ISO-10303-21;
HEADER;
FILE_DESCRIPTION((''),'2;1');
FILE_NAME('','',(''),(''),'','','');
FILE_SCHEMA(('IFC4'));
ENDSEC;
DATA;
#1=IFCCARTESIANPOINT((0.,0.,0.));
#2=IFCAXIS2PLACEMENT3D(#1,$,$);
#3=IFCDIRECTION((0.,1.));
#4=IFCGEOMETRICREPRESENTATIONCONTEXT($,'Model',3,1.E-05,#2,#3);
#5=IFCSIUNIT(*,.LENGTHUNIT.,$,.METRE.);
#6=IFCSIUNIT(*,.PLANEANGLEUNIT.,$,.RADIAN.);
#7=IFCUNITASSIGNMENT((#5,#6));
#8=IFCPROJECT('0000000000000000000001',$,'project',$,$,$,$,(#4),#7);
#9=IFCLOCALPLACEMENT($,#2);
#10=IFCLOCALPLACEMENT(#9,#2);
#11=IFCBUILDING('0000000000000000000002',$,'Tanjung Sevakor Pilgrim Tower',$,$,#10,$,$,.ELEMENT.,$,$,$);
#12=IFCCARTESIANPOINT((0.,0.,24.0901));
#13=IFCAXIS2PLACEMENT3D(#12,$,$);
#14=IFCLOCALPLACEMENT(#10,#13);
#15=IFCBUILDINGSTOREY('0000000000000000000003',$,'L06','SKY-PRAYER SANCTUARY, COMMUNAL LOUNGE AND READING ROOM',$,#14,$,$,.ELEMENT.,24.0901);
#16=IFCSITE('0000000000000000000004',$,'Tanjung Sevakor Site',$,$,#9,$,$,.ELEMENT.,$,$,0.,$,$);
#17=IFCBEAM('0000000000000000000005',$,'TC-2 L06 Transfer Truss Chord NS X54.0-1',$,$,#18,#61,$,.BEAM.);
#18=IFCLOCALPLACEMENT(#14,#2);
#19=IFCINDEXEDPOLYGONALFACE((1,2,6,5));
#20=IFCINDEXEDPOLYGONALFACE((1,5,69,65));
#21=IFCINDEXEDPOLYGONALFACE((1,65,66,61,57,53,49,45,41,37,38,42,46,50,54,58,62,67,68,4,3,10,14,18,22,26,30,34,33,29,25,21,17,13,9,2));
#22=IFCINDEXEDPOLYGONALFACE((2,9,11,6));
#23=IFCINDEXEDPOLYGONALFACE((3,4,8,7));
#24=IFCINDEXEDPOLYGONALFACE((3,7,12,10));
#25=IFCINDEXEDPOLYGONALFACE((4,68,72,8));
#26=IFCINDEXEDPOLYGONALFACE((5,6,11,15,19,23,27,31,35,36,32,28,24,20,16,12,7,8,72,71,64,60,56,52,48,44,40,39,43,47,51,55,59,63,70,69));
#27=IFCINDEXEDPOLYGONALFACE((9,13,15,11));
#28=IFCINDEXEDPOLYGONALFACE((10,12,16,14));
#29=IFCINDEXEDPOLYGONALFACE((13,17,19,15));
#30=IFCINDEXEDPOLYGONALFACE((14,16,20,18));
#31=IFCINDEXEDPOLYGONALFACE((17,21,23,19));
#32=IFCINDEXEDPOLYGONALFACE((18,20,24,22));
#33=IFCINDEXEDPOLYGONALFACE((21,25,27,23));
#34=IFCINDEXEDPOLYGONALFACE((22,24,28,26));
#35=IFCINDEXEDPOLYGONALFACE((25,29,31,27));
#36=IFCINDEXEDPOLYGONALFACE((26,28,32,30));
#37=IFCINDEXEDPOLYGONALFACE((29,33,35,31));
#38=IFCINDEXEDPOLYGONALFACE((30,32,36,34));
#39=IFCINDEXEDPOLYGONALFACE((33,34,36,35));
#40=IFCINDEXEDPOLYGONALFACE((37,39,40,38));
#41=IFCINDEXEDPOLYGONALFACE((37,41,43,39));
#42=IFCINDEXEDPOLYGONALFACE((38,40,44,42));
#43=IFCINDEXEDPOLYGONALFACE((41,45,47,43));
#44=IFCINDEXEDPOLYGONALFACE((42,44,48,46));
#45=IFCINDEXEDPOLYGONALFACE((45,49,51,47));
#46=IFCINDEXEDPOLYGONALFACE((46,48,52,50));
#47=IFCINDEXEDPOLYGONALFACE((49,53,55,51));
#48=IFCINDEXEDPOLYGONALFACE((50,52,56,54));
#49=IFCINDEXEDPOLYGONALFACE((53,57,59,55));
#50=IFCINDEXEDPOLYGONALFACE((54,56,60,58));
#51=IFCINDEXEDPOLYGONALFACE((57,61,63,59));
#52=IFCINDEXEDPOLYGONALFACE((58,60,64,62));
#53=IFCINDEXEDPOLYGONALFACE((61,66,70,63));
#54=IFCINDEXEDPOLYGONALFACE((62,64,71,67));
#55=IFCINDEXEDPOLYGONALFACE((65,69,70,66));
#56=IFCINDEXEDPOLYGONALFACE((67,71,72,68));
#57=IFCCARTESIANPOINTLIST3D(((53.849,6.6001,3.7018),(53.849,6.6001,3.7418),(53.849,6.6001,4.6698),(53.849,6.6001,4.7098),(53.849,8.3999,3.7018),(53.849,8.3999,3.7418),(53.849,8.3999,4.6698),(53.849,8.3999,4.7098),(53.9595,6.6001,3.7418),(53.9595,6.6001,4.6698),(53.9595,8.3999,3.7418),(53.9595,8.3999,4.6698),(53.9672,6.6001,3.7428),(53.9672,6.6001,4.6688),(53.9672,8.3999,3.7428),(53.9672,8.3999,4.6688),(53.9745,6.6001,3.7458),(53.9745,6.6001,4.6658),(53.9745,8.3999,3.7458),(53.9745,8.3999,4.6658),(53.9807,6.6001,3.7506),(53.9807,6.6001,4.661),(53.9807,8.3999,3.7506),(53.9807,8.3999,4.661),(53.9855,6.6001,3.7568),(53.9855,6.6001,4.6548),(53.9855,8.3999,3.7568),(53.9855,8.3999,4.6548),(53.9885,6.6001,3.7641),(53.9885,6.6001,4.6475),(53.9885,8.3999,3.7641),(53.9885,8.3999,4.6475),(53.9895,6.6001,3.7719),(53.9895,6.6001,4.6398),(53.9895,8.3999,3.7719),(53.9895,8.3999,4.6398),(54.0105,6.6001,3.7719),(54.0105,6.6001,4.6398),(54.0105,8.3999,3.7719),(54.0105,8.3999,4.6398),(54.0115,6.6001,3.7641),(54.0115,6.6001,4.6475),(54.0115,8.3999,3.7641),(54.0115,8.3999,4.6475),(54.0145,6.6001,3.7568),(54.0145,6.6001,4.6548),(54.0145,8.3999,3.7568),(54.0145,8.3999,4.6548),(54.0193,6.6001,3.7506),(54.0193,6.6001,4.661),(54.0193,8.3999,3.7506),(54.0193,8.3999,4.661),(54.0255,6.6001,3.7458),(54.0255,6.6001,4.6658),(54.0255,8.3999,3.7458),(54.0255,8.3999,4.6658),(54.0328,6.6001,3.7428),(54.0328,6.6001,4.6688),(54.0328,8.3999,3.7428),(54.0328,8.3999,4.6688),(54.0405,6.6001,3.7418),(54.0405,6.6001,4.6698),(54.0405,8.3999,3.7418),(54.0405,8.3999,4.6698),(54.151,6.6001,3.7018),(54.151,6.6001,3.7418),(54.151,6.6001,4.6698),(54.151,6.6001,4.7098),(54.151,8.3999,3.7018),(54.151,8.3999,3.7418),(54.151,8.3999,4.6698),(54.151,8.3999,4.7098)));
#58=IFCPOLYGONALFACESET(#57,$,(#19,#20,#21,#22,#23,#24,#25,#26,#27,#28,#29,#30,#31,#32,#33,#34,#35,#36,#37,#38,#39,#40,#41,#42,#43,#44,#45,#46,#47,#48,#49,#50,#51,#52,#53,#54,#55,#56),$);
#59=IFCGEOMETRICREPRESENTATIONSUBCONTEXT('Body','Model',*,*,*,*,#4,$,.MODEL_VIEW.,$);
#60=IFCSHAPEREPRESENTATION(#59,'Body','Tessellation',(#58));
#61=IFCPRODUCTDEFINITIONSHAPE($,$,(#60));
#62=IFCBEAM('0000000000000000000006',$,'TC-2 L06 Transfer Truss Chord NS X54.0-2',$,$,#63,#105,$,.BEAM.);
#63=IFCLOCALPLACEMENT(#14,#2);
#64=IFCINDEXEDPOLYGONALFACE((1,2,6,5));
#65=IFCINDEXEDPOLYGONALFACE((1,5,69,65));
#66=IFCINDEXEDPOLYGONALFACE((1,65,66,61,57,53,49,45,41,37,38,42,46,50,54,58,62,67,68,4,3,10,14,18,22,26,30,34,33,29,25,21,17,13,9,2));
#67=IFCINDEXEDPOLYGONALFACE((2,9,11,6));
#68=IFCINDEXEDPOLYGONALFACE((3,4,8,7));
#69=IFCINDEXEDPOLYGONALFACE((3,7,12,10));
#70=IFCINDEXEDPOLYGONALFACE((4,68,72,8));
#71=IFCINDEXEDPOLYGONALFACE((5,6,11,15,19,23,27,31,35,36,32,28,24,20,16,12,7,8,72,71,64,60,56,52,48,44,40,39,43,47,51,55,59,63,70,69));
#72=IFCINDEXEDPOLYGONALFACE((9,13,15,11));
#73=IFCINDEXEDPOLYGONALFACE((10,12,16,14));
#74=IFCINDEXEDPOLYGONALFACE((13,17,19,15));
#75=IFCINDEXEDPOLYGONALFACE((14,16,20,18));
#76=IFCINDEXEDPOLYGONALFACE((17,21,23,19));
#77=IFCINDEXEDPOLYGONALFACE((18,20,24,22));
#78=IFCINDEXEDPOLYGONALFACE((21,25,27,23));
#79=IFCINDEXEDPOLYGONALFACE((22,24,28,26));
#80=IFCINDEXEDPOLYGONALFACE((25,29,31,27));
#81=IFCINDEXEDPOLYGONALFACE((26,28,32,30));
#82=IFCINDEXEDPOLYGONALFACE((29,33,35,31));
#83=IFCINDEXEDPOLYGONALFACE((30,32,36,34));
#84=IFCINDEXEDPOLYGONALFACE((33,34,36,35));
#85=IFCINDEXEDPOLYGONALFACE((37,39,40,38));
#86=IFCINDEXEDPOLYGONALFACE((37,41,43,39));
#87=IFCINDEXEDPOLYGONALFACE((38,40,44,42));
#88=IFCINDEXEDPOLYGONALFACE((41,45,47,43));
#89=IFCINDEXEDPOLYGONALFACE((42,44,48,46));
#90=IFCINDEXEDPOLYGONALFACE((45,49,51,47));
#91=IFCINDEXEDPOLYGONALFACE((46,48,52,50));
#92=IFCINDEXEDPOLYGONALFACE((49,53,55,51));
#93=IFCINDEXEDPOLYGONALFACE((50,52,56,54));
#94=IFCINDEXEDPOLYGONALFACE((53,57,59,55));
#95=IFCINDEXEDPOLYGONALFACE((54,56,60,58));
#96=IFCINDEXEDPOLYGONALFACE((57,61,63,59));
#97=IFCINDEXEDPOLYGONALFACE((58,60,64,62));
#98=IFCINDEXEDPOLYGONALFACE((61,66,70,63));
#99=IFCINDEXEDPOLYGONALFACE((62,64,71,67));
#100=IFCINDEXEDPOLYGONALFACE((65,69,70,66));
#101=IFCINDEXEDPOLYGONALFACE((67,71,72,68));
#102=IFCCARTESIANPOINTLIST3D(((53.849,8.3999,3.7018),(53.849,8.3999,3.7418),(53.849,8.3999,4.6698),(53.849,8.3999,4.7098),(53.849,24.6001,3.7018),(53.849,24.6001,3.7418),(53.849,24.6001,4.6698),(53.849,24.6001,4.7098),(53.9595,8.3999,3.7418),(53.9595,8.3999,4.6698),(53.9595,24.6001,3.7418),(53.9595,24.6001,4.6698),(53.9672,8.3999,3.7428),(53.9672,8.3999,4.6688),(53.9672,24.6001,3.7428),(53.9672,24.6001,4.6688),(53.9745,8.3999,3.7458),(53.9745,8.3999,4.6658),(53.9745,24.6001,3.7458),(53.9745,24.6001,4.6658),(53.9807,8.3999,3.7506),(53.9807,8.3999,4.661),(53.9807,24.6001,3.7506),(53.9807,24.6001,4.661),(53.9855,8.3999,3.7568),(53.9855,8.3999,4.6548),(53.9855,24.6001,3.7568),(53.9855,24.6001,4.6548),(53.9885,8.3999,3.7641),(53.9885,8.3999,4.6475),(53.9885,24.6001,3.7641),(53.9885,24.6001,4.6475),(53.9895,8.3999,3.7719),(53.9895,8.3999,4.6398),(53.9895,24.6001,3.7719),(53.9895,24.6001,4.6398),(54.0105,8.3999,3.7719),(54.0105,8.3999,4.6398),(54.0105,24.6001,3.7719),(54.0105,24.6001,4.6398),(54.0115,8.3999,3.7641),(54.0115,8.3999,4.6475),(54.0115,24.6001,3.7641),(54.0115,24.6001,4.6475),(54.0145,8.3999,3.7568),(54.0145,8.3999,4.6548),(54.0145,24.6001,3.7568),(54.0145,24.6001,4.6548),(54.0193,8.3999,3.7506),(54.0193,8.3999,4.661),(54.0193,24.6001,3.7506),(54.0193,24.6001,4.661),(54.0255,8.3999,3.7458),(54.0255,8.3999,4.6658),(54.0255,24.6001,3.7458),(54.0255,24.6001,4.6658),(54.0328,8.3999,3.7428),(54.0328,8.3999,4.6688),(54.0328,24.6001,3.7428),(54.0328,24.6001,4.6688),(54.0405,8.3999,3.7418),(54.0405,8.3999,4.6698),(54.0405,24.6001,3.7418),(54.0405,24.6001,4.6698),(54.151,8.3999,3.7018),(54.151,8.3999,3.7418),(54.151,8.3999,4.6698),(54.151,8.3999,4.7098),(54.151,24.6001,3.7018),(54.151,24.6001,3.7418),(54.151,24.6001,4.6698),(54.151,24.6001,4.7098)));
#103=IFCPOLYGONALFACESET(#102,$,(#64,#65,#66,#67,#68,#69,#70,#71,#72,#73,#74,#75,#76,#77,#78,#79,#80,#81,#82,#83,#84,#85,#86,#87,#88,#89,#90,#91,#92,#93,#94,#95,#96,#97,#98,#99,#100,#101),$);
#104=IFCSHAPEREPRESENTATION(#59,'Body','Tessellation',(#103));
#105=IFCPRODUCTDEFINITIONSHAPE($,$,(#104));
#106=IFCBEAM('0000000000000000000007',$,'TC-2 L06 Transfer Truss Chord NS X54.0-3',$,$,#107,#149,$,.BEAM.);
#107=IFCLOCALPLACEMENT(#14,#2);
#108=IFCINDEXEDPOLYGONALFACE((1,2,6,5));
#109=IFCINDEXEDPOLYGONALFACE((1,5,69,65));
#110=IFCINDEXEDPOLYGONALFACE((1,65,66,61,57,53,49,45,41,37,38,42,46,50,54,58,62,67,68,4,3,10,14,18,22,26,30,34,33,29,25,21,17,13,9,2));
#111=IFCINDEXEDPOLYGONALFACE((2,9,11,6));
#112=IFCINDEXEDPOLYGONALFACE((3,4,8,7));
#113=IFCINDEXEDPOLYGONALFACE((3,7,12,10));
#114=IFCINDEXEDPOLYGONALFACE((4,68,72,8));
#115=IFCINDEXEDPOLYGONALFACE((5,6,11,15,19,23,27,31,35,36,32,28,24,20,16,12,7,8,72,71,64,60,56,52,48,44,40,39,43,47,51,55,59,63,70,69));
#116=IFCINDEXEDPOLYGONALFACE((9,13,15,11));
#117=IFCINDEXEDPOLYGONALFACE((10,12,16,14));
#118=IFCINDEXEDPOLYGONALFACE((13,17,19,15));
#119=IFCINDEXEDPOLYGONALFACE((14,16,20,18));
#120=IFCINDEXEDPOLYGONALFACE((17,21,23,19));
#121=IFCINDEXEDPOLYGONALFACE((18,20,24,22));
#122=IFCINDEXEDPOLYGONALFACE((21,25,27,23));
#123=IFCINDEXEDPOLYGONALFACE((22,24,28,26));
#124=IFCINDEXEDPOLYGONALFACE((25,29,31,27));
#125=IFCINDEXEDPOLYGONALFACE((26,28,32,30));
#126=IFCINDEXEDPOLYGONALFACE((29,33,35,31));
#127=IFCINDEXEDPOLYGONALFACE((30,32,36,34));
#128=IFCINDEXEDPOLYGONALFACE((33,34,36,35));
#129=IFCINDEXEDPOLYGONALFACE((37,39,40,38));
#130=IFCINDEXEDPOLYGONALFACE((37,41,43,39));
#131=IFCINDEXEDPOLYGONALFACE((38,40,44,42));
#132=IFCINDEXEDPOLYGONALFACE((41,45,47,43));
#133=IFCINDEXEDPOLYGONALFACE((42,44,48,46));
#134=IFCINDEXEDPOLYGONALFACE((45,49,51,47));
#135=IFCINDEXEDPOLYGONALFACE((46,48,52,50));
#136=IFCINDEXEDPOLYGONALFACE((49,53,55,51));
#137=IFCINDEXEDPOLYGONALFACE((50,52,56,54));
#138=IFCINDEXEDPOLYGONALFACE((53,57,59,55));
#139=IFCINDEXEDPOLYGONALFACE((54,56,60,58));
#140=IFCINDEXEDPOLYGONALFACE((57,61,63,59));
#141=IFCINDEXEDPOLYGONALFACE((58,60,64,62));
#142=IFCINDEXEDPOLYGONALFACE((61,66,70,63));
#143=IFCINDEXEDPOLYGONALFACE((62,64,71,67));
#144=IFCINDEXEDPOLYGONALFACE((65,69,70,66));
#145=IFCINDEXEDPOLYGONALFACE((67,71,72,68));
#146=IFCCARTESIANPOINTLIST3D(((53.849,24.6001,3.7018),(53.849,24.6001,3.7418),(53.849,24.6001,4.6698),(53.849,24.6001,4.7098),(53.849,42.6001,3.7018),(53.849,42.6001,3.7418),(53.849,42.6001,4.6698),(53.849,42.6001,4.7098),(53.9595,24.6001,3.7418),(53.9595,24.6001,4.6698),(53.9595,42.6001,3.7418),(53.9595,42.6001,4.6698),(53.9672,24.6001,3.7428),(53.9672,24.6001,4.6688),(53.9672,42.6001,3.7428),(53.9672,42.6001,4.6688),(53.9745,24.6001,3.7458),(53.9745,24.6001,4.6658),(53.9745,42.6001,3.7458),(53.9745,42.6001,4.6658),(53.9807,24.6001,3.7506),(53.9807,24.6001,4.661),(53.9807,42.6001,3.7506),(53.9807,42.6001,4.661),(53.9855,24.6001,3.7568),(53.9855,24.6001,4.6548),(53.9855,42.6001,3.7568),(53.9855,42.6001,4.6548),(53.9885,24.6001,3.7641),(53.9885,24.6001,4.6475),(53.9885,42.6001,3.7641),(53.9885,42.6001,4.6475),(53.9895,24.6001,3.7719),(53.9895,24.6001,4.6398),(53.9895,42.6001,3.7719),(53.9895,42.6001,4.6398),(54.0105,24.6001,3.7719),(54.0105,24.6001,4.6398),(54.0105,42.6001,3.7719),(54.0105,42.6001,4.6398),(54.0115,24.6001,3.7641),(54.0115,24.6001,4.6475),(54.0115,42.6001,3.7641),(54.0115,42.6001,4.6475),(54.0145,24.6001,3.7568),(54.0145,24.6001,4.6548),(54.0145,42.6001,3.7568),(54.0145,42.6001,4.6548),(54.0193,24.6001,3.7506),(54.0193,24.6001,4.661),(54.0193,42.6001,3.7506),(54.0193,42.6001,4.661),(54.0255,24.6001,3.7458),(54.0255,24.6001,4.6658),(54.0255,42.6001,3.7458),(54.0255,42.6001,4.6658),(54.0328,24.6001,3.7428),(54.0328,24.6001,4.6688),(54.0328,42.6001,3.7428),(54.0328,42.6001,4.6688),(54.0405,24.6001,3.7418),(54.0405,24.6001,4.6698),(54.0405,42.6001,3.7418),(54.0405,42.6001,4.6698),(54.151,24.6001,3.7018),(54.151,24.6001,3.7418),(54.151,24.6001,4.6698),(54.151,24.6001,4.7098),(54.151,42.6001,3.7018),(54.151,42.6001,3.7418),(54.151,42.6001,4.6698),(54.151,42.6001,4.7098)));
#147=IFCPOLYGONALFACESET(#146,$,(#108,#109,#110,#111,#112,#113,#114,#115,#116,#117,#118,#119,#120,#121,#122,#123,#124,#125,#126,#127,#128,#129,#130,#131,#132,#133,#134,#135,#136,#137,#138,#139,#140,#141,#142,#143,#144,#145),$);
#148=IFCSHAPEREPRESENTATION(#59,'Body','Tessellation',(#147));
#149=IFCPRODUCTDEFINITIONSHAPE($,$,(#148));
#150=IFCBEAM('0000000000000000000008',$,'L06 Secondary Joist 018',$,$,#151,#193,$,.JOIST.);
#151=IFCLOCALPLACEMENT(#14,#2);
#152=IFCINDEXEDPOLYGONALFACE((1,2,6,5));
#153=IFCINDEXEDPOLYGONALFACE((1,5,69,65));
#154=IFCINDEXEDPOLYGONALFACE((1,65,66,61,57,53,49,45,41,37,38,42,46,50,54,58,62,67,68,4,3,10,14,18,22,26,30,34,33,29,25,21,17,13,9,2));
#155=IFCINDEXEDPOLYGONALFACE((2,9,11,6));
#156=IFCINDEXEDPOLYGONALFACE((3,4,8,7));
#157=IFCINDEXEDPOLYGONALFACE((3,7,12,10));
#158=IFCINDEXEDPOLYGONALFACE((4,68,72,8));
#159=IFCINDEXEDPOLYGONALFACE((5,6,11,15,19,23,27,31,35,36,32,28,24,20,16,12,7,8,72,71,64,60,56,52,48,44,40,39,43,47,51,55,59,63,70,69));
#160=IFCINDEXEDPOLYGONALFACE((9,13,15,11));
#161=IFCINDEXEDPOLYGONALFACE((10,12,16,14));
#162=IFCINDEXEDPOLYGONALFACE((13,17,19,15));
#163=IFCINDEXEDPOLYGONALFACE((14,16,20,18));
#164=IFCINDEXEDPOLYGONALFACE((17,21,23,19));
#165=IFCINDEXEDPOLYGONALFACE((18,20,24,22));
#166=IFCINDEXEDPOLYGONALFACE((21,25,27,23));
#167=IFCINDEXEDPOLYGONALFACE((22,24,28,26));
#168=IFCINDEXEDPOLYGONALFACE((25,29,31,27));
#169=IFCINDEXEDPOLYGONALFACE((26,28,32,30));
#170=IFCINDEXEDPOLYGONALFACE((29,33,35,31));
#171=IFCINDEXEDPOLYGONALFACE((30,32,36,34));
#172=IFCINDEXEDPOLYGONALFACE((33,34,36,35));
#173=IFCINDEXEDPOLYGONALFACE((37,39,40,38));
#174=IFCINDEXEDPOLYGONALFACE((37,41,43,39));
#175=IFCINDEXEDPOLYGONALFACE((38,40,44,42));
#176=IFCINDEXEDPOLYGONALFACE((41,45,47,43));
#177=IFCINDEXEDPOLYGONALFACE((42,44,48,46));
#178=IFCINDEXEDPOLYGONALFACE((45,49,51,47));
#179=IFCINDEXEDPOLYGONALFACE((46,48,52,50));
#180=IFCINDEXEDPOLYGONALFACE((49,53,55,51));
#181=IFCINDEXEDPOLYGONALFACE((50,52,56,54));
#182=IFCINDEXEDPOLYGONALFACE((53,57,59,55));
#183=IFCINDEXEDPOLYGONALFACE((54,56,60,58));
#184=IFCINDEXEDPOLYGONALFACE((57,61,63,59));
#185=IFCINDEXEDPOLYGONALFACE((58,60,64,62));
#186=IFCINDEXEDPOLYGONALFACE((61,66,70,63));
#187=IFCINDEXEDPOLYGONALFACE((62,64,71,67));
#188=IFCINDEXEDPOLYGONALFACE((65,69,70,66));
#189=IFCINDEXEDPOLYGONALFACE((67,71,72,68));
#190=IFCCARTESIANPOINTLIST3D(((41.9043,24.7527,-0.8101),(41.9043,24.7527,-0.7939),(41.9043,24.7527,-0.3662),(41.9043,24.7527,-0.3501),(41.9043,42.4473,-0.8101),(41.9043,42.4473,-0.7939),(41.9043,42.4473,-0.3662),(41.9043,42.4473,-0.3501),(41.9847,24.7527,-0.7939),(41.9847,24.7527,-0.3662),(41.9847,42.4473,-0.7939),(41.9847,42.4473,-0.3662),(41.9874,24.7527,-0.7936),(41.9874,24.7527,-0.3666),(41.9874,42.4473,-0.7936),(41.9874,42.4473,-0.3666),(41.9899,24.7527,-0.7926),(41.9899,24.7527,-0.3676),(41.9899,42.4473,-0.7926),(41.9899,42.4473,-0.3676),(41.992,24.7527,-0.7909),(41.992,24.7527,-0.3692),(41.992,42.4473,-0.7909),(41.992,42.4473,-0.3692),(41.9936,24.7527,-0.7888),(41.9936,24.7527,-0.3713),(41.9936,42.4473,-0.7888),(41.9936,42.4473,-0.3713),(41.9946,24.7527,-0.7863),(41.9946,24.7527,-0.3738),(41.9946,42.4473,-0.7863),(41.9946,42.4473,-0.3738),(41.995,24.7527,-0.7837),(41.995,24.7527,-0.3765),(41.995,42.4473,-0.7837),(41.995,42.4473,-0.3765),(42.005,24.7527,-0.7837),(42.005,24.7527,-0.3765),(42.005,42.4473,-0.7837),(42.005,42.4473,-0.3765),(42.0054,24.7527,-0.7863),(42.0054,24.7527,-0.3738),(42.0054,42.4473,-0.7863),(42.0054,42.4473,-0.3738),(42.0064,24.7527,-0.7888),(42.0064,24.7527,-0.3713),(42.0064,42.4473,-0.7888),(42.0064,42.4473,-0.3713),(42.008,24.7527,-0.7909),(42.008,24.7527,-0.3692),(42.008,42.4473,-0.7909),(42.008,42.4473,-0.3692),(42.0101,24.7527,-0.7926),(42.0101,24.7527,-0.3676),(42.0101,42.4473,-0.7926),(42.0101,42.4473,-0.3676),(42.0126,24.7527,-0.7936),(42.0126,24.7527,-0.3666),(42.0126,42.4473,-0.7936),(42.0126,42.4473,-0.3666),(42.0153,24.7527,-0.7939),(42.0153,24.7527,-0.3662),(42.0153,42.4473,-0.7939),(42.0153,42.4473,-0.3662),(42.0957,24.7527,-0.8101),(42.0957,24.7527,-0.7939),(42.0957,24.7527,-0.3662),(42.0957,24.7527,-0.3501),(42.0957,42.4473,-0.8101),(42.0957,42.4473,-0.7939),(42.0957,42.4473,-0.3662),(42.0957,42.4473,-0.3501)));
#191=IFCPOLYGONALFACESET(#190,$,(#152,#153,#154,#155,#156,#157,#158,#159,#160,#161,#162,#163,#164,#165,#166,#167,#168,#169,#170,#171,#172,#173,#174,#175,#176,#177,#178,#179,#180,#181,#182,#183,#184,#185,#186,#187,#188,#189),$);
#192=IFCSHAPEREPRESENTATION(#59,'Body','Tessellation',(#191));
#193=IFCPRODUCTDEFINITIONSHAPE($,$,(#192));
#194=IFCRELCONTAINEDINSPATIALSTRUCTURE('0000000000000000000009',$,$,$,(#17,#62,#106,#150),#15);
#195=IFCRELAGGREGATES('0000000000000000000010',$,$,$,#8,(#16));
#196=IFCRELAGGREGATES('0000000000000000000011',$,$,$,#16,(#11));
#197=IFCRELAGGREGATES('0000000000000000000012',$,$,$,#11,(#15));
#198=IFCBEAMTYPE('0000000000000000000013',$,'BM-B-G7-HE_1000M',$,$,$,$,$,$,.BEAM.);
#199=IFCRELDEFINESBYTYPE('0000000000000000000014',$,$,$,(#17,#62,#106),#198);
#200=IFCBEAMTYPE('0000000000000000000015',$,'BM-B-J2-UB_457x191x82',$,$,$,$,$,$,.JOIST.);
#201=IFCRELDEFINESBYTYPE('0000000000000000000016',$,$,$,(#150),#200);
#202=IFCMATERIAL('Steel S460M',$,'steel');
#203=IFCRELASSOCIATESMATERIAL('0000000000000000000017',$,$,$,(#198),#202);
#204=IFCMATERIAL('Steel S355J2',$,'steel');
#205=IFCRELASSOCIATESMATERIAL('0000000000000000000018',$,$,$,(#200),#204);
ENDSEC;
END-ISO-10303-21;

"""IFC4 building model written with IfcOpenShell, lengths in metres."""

from ifc_helpers import new_model, si_unit, direction, frame, origin, origin_2d, place, context, subcontext, project, spatial, i_section, extrude, material, material_profile, profile_set, type_object, element, save


model = new_model("IFC4")

# Units and contexts
model_context = context("Model", 3, precision=1e-05, world=origin(), true_north=direction((0.0, 1.0)))
body_context = subcontext(model_context, "Body", "Model", "MODEL_VIEW")
ifc_project = project(units=[si_unit("LENGTHUNIT", "METRE"), si_unit("PLANEANGLEUNIT", "RADIAN")], contexts=[model_context])

# Site, building, storey
site_placement = place(None, origin())
site = spatial("IfcSite", under=ifc_project, at=site_placement, Name="Tanjung Sevakor Site", CompositionType="ELEMENT", RefElevation=0.0)
building_placement = place(site_placement, origin())
building = spatial("IfcBuilding", under=site, at=building_placement, Name="Tanjung Sevakor Pilgrim Tower", CompositionType="ELEMENT")
storey_placement = place(building_placement, frame((0.0, 0.0, 24.0901)))
storey = spatial("IfcBuildingStorey", under=building, at=storey_placement, Name="L06", Description="SKY-PRAYER SANCTUARY, COMMUNAL LOUNGE AND READING ROOM", CompositionType="ELEMENT", Elevation=24.0901)

# Beams
ifc_material_1 = material(Name="Steel S460M", Category="steel")
ifc_material_profile_1 = material_profile(ifc_material_1, i_section(OverallWidth=0.302, OverallDepth=1.0081, WebThickness=0.021, FlangeThickness=0.04, FilletRadius=0.03, at=origin_2d()))
ifc_profile_set_1 = profile_set([ifc_material_profile_1], Name="Steel S460M")
beam_type_1 = type_object("IfcBeamType", Name="BM-B-G7-HE_1000M", PredefinedType="BEAM", material=ifc_profile_set_1)
beam_1_placement = place(storey_placement, frame((54.0, 6.6001, 4.2058), z_axis=(0.0, 1.0, 0.0), x_axis=(-1.0, 0.0, 0.0)))
element("IfcBeam", 1, at=beam_1_placement, inside=storey, type_object=beam_type_1, Name="TC-2 L06 Transfer Truss Chord NS X54.0-1", PredefinedType="BEAM", context=body_context, shape_type="SweptSolid", body=[
    extrude(i_section(OverallWidth=0.302, OverallDepth=1.0081, WebThickness=0.021, FlangeThickness=0.04, FilletRadius=0.03, at=origin_2d()), origin(), (0.0, 0.0, 1.0), 1.7998),
])
beam_2_placement = place(storey_placement, frame((54.0, 8.3999, 4.2058), z_axis=(0.0, 1.0, 0.0), x_axis=(-1.0, 0.0, 0.0)))
element("IfcBeam", 2, at=beam_2_placement, inside=storey, type_object=beam_type_1, Name="TC-2 L06 Transfer Truss Chord NS X54.0-2", PredefinedType="BEAM", context=body_context, shape_type="SweptSolid", body=[
    extrude(i_section(OverallWidth=0.302, OverallDepth=1.0081, WebThickness=0.021, FlangeThickness=0.04, FilletRadius=0.03, at=origin_2d()), origin(), (0.0, 0.0, 1.0), 16.2002),
])
beam_3_placement = place(storey_placement, frame((54.0, 24.6001, 4.2058), z_axis=(0.0, 1.0, 0.0), x_axis=(-1.0, 0.0, 0.0)))
element("IfcBeam", 3, at=beam_3_placement, inside=storey, type_object=beam_type_1, Name="TC-2 L06 Transfer Truss Chord NS X54.0-3", PredefinedType="BEAM", context=body_context, shape_type="SweptSolid", body=[
    extrude(i_section(OverallWidth=0.302, OverallDepth=1.0081, WebThickness=0.021, FlangeThickness=0.04, FilletRadius=0.03, at=origin_2d()), origin(), (0.0, 0.0, 1.0), 18.0),
])
ifc_material_2 = material(Name="Steel S355J2", Category="steel")
ifc_material_profile_2 = material_profile(ifc_material_2, i_section(OverallWidth=0.1914, OverallDepth=0.46, WebThickness=0.01, FlangeThickness=0.0161, FilletRadius=0.0103, at=origin_2d()))
ifc_profile_set_2 = profile_set([ifc_material_profile_2], Name="Steel S355J2")
beam_type_2 = type_object("IfcBeamType", Name="BM-B-J2-UB_457x191x82", PredefinedType="JOIST", material=ifc_profile_set_2)
for number, where, z_axis, x_axis, name in (
    (4, (42.0, 24.7527, -0.5801), (0.0, 1.0, 0.0), (-1.0, 0.0, 0.0), "L06 Secondary Joist 018"),
):
    element("IfcBeam", number, at=place(storey_placement, frame(where, z_axis=z_axis, x_axis=x_axis)), inside=storey, type_object=beam_type_2, Name=name, PredefinedType="JOIST", context=body_context, shape_type="SweptSolid", body=[
        extrude(i_section(OverallWidth=0.1914, OverallDepth=0.46, WebThickness=0.01, FlangeThickness=0.0161, FilletRadius=0.0103, at=origin_2d()), origin(), (0.0, 0.0, 1.0), 17.6946),
    ])

save(model, "model.ifc")
